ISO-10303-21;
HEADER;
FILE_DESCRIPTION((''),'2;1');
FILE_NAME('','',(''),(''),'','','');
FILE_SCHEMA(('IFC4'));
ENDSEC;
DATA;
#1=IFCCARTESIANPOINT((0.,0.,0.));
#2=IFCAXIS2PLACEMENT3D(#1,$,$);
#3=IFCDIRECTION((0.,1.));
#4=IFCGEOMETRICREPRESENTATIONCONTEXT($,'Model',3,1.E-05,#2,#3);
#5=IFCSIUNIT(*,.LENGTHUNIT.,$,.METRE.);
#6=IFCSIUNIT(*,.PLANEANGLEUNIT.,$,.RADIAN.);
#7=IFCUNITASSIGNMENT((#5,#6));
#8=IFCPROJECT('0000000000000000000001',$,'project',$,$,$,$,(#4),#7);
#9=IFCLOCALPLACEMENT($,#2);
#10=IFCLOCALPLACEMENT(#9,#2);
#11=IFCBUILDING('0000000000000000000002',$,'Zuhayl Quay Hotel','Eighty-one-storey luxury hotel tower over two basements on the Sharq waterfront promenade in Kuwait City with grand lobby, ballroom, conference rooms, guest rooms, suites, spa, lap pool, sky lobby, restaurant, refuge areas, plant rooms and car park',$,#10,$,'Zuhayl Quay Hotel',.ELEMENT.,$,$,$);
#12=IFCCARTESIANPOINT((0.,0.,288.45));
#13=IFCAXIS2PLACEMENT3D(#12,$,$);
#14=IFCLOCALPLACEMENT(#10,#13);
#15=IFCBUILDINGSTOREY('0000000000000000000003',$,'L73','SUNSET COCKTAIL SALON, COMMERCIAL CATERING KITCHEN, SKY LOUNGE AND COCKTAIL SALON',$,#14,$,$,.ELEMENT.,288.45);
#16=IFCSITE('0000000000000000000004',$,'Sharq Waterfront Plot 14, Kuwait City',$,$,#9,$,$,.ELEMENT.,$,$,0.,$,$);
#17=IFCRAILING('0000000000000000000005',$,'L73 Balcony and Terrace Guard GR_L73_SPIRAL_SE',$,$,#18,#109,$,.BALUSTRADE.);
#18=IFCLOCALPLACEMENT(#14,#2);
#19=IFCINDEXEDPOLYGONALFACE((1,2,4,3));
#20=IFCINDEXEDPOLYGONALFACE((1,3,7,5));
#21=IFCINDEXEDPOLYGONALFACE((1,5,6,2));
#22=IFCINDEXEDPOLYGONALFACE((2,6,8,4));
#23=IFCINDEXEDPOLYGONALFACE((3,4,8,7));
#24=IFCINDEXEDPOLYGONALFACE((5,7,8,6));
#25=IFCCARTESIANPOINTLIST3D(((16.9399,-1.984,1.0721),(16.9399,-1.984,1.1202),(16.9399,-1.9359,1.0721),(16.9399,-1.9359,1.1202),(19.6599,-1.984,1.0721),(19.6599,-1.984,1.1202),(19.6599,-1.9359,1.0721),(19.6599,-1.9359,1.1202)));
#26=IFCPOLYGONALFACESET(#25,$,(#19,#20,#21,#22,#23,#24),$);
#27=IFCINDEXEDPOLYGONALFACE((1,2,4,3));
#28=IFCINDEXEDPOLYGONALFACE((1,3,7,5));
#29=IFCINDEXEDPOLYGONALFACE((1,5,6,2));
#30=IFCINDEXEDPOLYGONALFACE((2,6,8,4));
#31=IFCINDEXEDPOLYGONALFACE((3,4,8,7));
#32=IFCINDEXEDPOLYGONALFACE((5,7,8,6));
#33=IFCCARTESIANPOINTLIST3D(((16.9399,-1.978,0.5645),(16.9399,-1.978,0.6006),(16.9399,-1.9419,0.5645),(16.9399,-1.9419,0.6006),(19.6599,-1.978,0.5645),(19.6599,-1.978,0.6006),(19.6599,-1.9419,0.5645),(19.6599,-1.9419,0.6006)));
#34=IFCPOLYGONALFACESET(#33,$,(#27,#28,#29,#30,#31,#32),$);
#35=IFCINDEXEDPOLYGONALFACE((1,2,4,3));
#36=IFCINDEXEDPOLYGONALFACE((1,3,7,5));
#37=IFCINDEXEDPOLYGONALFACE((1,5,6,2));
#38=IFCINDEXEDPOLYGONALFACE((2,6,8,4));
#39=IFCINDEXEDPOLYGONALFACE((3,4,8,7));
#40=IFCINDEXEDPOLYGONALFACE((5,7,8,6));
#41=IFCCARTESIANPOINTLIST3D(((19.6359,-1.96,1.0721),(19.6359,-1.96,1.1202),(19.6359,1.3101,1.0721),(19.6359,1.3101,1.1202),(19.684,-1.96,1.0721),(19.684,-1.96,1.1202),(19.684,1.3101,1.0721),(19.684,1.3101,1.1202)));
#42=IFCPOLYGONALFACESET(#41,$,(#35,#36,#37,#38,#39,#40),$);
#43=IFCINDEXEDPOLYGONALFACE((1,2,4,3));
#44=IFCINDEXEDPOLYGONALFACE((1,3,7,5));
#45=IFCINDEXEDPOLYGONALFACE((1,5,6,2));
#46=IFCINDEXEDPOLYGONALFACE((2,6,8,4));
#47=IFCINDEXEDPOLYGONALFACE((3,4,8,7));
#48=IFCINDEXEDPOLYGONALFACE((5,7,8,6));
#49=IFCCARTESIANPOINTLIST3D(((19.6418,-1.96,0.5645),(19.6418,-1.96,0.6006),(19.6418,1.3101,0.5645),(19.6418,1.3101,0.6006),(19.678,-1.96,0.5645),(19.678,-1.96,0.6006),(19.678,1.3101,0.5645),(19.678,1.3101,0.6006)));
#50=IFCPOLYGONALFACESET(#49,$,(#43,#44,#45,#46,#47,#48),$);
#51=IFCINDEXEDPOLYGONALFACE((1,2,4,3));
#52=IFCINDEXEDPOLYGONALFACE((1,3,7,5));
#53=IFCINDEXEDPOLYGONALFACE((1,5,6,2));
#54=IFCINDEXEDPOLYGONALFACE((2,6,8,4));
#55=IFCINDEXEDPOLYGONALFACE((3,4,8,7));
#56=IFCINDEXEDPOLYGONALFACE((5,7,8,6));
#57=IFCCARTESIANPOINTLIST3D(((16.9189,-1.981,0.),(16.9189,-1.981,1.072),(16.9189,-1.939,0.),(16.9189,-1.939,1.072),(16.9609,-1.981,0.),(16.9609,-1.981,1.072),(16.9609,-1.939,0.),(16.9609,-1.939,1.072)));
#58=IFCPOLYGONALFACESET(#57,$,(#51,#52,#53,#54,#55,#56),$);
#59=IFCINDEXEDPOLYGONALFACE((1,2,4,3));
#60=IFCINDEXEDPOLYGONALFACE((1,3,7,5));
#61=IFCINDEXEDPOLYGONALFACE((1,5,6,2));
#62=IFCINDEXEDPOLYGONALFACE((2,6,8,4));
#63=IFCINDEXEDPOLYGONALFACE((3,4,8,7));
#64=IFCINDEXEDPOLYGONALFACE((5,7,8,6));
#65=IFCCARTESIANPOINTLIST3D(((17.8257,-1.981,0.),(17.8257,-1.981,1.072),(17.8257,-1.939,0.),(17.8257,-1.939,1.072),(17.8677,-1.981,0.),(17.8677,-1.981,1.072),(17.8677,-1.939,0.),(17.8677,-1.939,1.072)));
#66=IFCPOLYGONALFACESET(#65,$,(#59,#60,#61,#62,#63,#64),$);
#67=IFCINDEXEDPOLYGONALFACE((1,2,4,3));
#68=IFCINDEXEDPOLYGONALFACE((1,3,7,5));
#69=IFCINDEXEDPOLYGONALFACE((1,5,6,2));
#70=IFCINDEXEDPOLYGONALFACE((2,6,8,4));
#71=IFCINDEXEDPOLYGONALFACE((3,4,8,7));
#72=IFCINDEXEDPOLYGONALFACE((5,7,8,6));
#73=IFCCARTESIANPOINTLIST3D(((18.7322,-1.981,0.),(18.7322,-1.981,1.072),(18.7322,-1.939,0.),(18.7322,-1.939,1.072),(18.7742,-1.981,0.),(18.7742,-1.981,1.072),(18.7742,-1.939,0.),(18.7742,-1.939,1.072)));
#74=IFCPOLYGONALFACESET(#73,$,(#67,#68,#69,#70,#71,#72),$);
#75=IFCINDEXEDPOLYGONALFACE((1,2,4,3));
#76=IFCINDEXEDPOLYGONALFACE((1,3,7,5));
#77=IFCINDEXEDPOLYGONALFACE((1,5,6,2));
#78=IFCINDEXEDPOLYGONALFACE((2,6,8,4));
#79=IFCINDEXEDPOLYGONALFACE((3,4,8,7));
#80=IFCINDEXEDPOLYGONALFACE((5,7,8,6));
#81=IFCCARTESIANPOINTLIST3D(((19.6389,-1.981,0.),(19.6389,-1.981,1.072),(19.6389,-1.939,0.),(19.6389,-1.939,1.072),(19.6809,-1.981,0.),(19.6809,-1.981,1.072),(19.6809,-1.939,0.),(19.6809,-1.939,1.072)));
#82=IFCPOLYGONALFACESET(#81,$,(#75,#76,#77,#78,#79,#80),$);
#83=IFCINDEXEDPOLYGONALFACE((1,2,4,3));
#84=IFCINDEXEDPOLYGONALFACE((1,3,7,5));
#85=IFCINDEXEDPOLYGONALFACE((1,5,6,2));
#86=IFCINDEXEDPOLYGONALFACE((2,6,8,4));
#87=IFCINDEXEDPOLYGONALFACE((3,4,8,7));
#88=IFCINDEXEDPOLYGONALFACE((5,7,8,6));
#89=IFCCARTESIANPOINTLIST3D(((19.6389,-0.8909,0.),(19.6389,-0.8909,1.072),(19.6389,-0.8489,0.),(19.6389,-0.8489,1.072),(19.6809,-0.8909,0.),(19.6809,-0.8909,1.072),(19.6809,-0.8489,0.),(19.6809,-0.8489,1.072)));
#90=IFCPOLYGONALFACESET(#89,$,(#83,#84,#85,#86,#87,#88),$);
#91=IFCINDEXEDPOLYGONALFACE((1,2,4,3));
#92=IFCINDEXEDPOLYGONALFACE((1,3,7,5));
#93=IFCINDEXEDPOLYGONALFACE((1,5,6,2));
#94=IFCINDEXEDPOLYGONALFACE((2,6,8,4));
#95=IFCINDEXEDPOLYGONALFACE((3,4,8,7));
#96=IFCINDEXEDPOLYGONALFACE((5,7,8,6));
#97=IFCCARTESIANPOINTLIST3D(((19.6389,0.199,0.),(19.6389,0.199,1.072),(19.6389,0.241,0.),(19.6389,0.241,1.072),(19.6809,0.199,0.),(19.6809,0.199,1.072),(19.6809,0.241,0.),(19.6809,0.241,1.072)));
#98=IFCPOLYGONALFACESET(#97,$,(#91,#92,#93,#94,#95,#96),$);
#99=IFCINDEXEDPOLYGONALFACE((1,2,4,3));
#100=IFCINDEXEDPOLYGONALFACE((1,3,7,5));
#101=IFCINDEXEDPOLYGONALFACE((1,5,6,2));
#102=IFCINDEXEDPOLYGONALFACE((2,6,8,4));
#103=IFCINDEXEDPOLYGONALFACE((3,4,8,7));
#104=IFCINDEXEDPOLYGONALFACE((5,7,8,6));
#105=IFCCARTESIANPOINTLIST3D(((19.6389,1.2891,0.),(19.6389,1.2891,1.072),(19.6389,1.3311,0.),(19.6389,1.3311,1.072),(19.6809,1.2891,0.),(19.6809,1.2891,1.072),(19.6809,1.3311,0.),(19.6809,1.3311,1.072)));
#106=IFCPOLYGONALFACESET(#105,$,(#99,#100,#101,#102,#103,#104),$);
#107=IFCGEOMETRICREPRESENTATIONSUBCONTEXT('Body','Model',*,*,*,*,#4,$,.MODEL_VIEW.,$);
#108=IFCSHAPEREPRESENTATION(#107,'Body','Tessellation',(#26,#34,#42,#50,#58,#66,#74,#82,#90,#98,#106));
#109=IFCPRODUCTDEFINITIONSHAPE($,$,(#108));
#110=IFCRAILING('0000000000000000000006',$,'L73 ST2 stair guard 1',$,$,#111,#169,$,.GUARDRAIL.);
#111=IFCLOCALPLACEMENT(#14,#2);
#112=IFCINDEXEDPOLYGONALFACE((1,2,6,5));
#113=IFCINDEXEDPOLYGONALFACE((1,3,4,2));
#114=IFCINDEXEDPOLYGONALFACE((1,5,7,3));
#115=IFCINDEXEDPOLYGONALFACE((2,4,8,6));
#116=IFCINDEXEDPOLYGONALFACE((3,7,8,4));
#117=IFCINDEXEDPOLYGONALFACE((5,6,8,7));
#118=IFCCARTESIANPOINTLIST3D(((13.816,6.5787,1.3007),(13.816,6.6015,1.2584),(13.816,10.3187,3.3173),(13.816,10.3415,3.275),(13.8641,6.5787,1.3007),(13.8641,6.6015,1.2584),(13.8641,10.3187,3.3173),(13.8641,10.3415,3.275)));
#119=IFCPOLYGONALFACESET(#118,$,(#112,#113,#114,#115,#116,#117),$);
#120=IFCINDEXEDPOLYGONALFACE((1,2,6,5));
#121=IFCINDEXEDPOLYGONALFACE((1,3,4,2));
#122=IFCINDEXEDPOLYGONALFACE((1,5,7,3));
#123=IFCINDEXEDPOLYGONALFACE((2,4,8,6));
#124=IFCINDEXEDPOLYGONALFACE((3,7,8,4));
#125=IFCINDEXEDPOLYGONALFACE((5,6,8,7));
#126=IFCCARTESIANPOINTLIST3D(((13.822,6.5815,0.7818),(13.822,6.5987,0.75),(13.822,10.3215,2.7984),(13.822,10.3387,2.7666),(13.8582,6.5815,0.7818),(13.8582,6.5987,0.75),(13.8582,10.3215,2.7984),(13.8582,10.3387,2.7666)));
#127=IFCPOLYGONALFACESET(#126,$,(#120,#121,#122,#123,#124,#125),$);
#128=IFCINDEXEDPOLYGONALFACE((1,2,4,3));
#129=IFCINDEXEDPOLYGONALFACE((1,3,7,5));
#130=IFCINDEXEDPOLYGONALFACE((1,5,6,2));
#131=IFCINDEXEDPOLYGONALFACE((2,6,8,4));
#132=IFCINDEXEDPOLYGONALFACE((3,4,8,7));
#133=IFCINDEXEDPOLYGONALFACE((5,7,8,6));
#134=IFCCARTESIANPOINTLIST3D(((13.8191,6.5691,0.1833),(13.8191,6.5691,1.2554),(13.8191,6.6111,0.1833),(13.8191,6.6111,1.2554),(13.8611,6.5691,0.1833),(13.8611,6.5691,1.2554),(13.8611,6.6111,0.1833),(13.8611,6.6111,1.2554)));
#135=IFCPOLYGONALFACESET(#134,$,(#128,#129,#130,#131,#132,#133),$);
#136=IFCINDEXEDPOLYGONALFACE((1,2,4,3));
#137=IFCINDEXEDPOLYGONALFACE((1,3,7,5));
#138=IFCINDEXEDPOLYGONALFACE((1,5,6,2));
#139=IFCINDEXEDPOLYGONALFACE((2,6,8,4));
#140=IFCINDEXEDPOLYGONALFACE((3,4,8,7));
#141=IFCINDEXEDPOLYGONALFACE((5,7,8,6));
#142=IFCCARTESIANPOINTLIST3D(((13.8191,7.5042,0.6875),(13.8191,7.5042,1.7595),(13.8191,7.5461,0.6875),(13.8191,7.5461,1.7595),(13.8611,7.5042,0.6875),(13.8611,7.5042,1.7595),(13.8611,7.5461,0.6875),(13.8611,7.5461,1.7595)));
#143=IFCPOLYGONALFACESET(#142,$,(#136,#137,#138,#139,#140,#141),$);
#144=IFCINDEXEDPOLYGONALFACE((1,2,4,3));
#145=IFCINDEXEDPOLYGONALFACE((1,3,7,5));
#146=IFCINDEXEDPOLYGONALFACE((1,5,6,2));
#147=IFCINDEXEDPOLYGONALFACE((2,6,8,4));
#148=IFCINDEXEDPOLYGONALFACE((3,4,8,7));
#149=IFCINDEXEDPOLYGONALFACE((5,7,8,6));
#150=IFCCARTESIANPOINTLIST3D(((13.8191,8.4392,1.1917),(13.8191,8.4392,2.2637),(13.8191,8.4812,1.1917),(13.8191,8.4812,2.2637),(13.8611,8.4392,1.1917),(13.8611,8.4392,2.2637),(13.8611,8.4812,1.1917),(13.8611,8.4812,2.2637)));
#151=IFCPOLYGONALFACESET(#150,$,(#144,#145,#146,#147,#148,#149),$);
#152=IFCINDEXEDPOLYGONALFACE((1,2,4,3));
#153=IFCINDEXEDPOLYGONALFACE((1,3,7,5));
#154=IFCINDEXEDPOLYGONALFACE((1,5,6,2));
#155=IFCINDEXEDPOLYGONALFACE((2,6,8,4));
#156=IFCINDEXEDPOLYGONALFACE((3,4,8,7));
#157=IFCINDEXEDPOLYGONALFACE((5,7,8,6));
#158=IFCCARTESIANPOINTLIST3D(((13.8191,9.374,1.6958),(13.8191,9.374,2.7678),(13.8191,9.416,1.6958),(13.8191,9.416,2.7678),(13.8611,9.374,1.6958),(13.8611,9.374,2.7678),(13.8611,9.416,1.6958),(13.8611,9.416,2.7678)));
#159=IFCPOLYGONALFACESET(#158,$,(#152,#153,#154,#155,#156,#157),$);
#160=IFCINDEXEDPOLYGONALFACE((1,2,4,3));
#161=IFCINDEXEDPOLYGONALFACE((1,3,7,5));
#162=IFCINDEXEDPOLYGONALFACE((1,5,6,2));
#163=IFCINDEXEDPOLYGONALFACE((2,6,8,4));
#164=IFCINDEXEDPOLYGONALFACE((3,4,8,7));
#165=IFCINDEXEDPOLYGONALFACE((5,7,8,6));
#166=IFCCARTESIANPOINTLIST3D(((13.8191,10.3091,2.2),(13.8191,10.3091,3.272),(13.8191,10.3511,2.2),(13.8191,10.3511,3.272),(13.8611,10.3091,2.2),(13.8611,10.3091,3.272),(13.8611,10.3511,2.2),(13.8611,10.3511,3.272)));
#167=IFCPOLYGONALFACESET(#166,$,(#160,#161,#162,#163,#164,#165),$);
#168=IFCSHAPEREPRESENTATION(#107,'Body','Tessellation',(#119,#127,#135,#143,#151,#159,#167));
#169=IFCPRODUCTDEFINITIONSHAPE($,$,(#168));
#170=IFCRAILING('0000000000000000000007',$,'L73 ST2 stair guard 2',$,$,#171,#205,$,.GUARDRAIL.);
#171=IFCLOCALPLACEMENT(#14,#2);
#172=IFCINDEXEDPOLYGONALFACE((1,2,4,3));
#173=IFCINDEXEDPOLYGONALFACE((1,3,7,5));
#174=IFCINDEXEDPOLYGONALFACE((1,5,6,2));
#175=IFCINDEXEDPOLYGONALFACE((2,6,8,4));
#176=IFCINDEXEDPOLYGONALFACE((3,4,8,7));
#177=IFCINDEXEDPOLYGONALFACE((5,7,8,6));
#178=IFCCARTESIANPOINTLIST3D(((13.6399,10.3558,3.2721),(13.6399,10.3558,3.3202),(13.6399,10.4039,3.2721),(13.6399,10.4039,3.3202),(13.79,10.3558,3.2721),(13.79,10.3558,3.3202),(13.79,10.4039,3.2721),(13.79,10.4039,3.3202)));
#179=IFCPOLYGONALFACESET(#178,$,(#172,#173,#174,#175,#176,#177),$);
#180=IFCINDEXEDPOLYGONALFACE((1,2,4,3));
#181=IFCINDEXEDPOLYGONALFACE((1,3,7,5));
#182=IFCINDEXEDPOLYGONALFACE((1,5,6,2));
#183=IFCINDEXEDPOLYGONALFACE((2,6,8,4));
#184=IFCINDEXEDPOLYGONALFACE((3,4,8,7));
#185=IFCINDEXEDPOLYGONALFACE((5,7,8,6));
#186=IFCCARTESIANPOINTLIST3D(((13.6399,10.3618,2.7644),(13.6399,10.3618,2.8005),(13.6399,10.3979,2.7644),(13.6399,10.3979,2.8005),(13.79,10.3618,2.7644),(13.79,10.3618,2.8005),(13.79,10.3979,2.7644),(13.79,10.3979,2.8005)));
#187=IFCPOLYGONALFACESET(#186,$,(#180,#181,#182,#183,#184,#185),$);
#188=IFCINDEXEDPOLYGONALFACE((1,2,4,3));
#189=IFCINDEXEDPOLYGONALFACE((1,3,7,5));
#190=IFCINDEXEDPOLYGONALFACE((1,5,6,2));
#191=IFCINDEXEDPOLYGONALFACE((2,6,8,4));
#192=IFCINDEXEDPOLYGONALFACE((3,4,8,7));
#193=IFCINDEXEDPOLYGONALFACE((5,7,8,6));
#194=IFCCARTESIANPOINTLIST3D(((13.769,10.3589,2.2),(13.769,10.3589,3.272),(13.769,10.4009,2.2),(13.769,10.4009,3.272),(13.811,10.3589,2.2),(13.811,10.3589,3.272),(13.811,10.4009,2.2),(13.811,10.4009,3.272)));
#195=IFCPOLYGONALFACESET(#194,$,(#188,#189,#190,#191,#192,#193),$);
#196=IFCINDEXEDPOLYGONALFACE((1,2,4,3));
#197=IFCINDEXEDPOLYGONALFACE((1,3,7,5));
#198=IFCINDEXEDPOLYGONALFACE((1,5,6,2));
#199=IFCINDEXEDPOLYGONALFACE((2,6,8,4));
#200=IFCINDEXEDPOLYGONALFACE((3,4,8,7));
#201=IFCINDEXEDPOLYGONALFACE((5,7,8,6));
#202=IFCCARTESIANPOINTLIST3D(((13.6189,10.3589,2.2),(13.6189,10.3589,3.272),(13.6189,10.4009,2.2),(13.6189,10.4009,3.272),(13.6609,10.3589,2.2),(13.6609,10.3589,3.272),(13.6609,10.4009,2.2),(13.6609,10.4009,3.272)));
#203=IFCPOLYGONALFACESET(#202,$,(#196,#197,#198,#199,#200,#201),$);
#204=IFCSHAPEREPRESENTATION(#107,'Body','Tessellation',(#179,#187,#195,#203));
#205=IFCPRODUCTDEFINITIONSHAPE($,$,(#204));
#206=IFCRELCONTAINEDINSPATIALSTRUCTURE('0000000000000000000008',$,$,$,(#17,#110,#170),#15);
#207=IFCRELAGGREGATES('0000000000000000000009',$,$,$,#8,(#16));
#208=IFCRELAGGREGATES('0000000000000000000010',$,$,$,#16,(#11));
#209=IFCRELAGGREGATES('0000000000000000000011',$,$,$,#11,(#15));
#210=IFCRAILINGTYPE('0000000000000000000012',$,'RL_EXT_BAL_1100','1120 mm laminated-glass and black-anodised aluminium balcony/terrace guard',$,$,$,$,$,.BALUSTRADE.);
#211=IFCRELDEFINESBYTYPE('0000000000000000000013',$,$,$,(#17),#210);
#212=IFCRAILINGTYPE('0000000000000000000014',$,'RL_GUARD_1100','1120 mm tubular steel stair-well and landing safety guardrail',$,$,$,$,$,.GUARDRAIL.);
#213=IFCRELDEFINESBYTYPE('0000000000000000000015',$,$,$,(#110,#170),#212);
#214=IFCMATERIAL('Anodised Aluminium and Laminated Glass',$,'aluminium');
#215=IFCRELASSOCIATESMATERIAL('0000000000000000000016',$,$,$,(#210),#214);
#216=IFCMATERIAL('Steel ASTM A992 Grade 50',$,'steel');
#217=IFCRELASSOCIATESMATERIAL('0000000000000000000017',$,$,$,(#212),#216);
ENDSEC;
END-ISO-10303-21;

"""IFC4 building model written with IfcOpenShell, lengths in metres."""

from ifc_helpers import new_model, si_unit, direction, frame, origin, origin_2d, place, context, subcontext, project, spatial, rectangle, extrude, material, type_object, element, save


model = new_model("IFC4")

# Units and contexts
model_context = context("Model", 3, precision=1e-05, world=origin(), true_north=direction((0.0, 1.0)))
body_context = subcontext(model_context, "Body", "Model", "MODEL_VIEW")
ifc_project = project(units=[si_unit("LENGTHUNIT", "METRE"), si_unit("PLANEANGLEUNIT", "RADIAN")], contexts=[model_context])

# Site, building, storey
site_placement = place(None, origin())
site = spatial("IfcSite", under=ifc_project, at=site_placement, Name="Sharq Waterfront Plot 14, Kuwait City", CompositionType="ELEMENT", RefElevation=0.0)
building_placement = place(site_placement, origin())
building = spatial("IfcBuilding", under=site, at=building_placement, Name="Zuhayl Quay Hotel", Description="Eighty-one-storey luxury hotel tower over two basements on the Sharq waterfront promenade in Kuwait City with grand lobby, ballroom, conference rooms, guest rooms, suites, spa, lap pool, sky lobby, restaurant, refuge areas, plant rooms and car park", LongName="Zuhayl Quay Hotel", CompositionType="ELEMENT")
storey_placement = place(building_placement, frame((0.0, 0.0, 288.45)))
storey = spatial("IfcBuildingStorey", under=building, at=storey_placement, Name="L73", Description="SUNSET COCKTAIL SALON, COMMERCIAL CATERING KITCHEN, SKY LOUNGE AND COCKTAIL SALON", CompositionType="ELEMENT", Elevation=288.45)

# Shared definitions
ifc_material_1 = material(Name="Steel ASTM A992 Grade 50", Category="steel")

# Railings
ifc_material_2 = material(Name="Anodised Aluminium and Laminated Glass", Category="aluminium")
railing_type_1 = type_object("IfcRailingType", Name="RL_EXT_BAL_1100", Description="1120 mm laminated-glass and black-anodised aluminium balcony/terrace guard", PredefinedType="BALUSTRADE", material=ifc_material_2)
railing_1_placement = place(storey_placement, frame((16.9399, -1.96, 0.0)))
element("IfcRailing", 1, at=railing_1_placement, inside=storey, type_object=railing_type_1, Name="L73 Balcony and Terrace Guard GR_L73_SPIRAL_SE", PredefinedType="BALUSTRADE", context=body_context, shape_type="SweptSolid", body=[
    extrude(rectangle(XDim=0.0481, YDim=0.0481, at=origin_2d()), frame((0.0, 0.0, 1.0962), z_axis=(1.0, 0.0, 0.0), x_axis=(0.0, 1.0, 0.0)), (0.0, 0.0, 1.0), 2.72),
    extrude(rectangle(XDim=0.0361, YDim=0.0361, at=origin_2d()), frame((0.0, 0.0, 0.5825), z_axis=(1.0, 0.0, 0.0), x_axis=(0.0, 1.0, 0.0)), (0.0, 0.0, 1.0), 2.72),
    extrude(rectangle(XDim=0.0481, YDim=0.0481, at=origin_2d()), frame((2.72, 0.0, 1.0962), z_axis=(0.0, 1.0, 0.0), x_axis=(-1.0, 0.0, 0.0)), (0.0, 0.0, 1.0), 3.27),
    extrude(rectangle(XDim=0.0361, YDim=0.0361, at=origin_2d()), frame((2.72, 0.0, 0.5825), z_axis=(0.0, 1.0, 0.0), x_axis=(-1.0, 0.0, 0.0)), (0.0, 0.0, 1.0), 3.27),
    extrude(rectangle(XDim=0.042, YDim=0.042, at=origin_2d()), origin(), (0.0, 0.0, 1.0), 1.072),
    extrude(rectangle(XDim=0.042, YDim=0.042, at=origin_2d()), frame((0.9067, 0.0, 0.0)), (0.0, 0.0, 1.0), 1.072),
    extrude(rectangle(XDim=0.042, YDim=0.042, at=origin_2d()), frame((1.8132, 0.0, 0.0)), (0.0, 0.0, 1.0), 1.072),
    extrude(rectangle(XDim=0.042, YDim=0.042, at=origin_2d()), frame((2.72, 0.0, 0.0)), (0.0, 0.0, 1.0), 1.072),
    extrude(rectangle(XDim=0.042, YDim=0.042, at=origin_2d()), frame((2.72, 1.0901, 0.0)), (0.0, 0.0, 1.0), 1.072),
    extrude(rectangle(XDim=0.042, YDim=0.042, at=origin_2d()), frame((2.72, 2.1799, 0.0)), (0.0, 0.0, 1.0), 1.072),
    extrude(rectangle(XDim=0.042, YDim=0.042, at=origin_2d()), frame((2.72, 3.27, 0.0)), (0.0, 0.0, 1.0), 1.072),
])
railing_type_2 = type_object("IfcRailingType", Name="RL_GUARD_1100", Description="1120 mm tubular steel stair-well and landing safety guardrail", PredefinedType="GUARDRAIL", material=ifc_material_1)
railing_2_placement = place(storey_placement, frame((13.8401, 6.5901, 0.1833)))
element("IfcRailing", 2, at=railing_2_placement, inside=storey, type_object=railing_type_2, Name="L73 ST2 stair guard 1", PredefinedType="GUARDRAIL", context=body_context, shape_type="SweptSolid", body=[
    extrude(rectangle(XDim=0.0481, YDim=0.0481, at=origin_2d()), frame((0.0, 0.0, 1.0962), z_axis=(0.0, 0.8802, 0.474603), x_axis=(-1.0, 0.0, 0.0)), (0.0, 0.0, 1.0), 4.249),
    extrude(rectangle(XDim=0.0361, YDim=0.0361, at=origin_2d()), frame((0.0, 0.0, 0.5825), z_axis=(0.0, 0.8802, 0.474603), x_axis=(-1.0, 0.0, 0.0)), (0.0, 0.0, 1.0), 4.249),
    extrude(rectangle(XDim=0.042, YDim=0.042, at=origin_2d()), origin(), (0.0, 0.0, 1.0), 1.072),
    extrude(rectangle(XDim=0.042, YDim=0.042, at=origin_2d()), frame((0.0, 0.9351, 0.5042)), (0.0, 0.0, 1.0), 1.072),
    extrude(rectangle(XDim=0.042, YDim=0.042, at=origin_2d()), frame((0.0, 1.8701, 1.0083)), (0.0, 0.0, 1.0), 1.072),
    extrude(rectangle(XDim=0.042, YDim=0.042, at=origin_2d()), frame((0.0, 2.8049, 1.5125)), (0.0, 0.0, 1.0), 1.072),
    extrude(rectangle(XDim=0.042, YDim=0.042, at=origin_2d()), frame((0.0, 3.74, 2.0166)), (0.0, 0.0, 1.0), 1.072),
])
railing_3_placement = place(storey_placement, frame((13.79, 10.3799, 2.2)))
element("IfcRailing", 3, at=railing_3_placement, inside=storey, type_object=railing_type_2, Name="L73 ST2 stair guard 2", PredefinedType="GUARDRAIL", context=body_context, shape_type="SweptSolid", body=[
    extrude(rectangle(XDim=0.0481, YDim=0.0481, at=origin_2d()), frame((0.0, 0.0, 1.0962), z_axis=(-1.0, 0.0, 0.0), x_axis=(0.0, -1.0, 0.0)), (0.0, 0.0, 1.0), 0.1501),
    extrude(rectangle(XDim=0.0361, YDim=0.0361, at=origin_2d()), frame((0.0, 0.0, 0.5825), z_axis=(-1.0, 0.0, 0.0), x_axis=(0.0, -1.0, 0.0)), (0.0, 0.0, 1.0), 0.1501),
    extrude(rectangle(XDim=0.042, YDim=0.042, at=origin_2d()), origin(), (0.0, 0.0, 1.0), 1.072),
    extrude(rectangle(XDim=0.042, YDim=0.042, at=origin_2d()), frame((-0.1501, 0.0, 0.0)), (0.0, 0.0, 1.0), 1.072),
])

save(model, "model.ifc")
